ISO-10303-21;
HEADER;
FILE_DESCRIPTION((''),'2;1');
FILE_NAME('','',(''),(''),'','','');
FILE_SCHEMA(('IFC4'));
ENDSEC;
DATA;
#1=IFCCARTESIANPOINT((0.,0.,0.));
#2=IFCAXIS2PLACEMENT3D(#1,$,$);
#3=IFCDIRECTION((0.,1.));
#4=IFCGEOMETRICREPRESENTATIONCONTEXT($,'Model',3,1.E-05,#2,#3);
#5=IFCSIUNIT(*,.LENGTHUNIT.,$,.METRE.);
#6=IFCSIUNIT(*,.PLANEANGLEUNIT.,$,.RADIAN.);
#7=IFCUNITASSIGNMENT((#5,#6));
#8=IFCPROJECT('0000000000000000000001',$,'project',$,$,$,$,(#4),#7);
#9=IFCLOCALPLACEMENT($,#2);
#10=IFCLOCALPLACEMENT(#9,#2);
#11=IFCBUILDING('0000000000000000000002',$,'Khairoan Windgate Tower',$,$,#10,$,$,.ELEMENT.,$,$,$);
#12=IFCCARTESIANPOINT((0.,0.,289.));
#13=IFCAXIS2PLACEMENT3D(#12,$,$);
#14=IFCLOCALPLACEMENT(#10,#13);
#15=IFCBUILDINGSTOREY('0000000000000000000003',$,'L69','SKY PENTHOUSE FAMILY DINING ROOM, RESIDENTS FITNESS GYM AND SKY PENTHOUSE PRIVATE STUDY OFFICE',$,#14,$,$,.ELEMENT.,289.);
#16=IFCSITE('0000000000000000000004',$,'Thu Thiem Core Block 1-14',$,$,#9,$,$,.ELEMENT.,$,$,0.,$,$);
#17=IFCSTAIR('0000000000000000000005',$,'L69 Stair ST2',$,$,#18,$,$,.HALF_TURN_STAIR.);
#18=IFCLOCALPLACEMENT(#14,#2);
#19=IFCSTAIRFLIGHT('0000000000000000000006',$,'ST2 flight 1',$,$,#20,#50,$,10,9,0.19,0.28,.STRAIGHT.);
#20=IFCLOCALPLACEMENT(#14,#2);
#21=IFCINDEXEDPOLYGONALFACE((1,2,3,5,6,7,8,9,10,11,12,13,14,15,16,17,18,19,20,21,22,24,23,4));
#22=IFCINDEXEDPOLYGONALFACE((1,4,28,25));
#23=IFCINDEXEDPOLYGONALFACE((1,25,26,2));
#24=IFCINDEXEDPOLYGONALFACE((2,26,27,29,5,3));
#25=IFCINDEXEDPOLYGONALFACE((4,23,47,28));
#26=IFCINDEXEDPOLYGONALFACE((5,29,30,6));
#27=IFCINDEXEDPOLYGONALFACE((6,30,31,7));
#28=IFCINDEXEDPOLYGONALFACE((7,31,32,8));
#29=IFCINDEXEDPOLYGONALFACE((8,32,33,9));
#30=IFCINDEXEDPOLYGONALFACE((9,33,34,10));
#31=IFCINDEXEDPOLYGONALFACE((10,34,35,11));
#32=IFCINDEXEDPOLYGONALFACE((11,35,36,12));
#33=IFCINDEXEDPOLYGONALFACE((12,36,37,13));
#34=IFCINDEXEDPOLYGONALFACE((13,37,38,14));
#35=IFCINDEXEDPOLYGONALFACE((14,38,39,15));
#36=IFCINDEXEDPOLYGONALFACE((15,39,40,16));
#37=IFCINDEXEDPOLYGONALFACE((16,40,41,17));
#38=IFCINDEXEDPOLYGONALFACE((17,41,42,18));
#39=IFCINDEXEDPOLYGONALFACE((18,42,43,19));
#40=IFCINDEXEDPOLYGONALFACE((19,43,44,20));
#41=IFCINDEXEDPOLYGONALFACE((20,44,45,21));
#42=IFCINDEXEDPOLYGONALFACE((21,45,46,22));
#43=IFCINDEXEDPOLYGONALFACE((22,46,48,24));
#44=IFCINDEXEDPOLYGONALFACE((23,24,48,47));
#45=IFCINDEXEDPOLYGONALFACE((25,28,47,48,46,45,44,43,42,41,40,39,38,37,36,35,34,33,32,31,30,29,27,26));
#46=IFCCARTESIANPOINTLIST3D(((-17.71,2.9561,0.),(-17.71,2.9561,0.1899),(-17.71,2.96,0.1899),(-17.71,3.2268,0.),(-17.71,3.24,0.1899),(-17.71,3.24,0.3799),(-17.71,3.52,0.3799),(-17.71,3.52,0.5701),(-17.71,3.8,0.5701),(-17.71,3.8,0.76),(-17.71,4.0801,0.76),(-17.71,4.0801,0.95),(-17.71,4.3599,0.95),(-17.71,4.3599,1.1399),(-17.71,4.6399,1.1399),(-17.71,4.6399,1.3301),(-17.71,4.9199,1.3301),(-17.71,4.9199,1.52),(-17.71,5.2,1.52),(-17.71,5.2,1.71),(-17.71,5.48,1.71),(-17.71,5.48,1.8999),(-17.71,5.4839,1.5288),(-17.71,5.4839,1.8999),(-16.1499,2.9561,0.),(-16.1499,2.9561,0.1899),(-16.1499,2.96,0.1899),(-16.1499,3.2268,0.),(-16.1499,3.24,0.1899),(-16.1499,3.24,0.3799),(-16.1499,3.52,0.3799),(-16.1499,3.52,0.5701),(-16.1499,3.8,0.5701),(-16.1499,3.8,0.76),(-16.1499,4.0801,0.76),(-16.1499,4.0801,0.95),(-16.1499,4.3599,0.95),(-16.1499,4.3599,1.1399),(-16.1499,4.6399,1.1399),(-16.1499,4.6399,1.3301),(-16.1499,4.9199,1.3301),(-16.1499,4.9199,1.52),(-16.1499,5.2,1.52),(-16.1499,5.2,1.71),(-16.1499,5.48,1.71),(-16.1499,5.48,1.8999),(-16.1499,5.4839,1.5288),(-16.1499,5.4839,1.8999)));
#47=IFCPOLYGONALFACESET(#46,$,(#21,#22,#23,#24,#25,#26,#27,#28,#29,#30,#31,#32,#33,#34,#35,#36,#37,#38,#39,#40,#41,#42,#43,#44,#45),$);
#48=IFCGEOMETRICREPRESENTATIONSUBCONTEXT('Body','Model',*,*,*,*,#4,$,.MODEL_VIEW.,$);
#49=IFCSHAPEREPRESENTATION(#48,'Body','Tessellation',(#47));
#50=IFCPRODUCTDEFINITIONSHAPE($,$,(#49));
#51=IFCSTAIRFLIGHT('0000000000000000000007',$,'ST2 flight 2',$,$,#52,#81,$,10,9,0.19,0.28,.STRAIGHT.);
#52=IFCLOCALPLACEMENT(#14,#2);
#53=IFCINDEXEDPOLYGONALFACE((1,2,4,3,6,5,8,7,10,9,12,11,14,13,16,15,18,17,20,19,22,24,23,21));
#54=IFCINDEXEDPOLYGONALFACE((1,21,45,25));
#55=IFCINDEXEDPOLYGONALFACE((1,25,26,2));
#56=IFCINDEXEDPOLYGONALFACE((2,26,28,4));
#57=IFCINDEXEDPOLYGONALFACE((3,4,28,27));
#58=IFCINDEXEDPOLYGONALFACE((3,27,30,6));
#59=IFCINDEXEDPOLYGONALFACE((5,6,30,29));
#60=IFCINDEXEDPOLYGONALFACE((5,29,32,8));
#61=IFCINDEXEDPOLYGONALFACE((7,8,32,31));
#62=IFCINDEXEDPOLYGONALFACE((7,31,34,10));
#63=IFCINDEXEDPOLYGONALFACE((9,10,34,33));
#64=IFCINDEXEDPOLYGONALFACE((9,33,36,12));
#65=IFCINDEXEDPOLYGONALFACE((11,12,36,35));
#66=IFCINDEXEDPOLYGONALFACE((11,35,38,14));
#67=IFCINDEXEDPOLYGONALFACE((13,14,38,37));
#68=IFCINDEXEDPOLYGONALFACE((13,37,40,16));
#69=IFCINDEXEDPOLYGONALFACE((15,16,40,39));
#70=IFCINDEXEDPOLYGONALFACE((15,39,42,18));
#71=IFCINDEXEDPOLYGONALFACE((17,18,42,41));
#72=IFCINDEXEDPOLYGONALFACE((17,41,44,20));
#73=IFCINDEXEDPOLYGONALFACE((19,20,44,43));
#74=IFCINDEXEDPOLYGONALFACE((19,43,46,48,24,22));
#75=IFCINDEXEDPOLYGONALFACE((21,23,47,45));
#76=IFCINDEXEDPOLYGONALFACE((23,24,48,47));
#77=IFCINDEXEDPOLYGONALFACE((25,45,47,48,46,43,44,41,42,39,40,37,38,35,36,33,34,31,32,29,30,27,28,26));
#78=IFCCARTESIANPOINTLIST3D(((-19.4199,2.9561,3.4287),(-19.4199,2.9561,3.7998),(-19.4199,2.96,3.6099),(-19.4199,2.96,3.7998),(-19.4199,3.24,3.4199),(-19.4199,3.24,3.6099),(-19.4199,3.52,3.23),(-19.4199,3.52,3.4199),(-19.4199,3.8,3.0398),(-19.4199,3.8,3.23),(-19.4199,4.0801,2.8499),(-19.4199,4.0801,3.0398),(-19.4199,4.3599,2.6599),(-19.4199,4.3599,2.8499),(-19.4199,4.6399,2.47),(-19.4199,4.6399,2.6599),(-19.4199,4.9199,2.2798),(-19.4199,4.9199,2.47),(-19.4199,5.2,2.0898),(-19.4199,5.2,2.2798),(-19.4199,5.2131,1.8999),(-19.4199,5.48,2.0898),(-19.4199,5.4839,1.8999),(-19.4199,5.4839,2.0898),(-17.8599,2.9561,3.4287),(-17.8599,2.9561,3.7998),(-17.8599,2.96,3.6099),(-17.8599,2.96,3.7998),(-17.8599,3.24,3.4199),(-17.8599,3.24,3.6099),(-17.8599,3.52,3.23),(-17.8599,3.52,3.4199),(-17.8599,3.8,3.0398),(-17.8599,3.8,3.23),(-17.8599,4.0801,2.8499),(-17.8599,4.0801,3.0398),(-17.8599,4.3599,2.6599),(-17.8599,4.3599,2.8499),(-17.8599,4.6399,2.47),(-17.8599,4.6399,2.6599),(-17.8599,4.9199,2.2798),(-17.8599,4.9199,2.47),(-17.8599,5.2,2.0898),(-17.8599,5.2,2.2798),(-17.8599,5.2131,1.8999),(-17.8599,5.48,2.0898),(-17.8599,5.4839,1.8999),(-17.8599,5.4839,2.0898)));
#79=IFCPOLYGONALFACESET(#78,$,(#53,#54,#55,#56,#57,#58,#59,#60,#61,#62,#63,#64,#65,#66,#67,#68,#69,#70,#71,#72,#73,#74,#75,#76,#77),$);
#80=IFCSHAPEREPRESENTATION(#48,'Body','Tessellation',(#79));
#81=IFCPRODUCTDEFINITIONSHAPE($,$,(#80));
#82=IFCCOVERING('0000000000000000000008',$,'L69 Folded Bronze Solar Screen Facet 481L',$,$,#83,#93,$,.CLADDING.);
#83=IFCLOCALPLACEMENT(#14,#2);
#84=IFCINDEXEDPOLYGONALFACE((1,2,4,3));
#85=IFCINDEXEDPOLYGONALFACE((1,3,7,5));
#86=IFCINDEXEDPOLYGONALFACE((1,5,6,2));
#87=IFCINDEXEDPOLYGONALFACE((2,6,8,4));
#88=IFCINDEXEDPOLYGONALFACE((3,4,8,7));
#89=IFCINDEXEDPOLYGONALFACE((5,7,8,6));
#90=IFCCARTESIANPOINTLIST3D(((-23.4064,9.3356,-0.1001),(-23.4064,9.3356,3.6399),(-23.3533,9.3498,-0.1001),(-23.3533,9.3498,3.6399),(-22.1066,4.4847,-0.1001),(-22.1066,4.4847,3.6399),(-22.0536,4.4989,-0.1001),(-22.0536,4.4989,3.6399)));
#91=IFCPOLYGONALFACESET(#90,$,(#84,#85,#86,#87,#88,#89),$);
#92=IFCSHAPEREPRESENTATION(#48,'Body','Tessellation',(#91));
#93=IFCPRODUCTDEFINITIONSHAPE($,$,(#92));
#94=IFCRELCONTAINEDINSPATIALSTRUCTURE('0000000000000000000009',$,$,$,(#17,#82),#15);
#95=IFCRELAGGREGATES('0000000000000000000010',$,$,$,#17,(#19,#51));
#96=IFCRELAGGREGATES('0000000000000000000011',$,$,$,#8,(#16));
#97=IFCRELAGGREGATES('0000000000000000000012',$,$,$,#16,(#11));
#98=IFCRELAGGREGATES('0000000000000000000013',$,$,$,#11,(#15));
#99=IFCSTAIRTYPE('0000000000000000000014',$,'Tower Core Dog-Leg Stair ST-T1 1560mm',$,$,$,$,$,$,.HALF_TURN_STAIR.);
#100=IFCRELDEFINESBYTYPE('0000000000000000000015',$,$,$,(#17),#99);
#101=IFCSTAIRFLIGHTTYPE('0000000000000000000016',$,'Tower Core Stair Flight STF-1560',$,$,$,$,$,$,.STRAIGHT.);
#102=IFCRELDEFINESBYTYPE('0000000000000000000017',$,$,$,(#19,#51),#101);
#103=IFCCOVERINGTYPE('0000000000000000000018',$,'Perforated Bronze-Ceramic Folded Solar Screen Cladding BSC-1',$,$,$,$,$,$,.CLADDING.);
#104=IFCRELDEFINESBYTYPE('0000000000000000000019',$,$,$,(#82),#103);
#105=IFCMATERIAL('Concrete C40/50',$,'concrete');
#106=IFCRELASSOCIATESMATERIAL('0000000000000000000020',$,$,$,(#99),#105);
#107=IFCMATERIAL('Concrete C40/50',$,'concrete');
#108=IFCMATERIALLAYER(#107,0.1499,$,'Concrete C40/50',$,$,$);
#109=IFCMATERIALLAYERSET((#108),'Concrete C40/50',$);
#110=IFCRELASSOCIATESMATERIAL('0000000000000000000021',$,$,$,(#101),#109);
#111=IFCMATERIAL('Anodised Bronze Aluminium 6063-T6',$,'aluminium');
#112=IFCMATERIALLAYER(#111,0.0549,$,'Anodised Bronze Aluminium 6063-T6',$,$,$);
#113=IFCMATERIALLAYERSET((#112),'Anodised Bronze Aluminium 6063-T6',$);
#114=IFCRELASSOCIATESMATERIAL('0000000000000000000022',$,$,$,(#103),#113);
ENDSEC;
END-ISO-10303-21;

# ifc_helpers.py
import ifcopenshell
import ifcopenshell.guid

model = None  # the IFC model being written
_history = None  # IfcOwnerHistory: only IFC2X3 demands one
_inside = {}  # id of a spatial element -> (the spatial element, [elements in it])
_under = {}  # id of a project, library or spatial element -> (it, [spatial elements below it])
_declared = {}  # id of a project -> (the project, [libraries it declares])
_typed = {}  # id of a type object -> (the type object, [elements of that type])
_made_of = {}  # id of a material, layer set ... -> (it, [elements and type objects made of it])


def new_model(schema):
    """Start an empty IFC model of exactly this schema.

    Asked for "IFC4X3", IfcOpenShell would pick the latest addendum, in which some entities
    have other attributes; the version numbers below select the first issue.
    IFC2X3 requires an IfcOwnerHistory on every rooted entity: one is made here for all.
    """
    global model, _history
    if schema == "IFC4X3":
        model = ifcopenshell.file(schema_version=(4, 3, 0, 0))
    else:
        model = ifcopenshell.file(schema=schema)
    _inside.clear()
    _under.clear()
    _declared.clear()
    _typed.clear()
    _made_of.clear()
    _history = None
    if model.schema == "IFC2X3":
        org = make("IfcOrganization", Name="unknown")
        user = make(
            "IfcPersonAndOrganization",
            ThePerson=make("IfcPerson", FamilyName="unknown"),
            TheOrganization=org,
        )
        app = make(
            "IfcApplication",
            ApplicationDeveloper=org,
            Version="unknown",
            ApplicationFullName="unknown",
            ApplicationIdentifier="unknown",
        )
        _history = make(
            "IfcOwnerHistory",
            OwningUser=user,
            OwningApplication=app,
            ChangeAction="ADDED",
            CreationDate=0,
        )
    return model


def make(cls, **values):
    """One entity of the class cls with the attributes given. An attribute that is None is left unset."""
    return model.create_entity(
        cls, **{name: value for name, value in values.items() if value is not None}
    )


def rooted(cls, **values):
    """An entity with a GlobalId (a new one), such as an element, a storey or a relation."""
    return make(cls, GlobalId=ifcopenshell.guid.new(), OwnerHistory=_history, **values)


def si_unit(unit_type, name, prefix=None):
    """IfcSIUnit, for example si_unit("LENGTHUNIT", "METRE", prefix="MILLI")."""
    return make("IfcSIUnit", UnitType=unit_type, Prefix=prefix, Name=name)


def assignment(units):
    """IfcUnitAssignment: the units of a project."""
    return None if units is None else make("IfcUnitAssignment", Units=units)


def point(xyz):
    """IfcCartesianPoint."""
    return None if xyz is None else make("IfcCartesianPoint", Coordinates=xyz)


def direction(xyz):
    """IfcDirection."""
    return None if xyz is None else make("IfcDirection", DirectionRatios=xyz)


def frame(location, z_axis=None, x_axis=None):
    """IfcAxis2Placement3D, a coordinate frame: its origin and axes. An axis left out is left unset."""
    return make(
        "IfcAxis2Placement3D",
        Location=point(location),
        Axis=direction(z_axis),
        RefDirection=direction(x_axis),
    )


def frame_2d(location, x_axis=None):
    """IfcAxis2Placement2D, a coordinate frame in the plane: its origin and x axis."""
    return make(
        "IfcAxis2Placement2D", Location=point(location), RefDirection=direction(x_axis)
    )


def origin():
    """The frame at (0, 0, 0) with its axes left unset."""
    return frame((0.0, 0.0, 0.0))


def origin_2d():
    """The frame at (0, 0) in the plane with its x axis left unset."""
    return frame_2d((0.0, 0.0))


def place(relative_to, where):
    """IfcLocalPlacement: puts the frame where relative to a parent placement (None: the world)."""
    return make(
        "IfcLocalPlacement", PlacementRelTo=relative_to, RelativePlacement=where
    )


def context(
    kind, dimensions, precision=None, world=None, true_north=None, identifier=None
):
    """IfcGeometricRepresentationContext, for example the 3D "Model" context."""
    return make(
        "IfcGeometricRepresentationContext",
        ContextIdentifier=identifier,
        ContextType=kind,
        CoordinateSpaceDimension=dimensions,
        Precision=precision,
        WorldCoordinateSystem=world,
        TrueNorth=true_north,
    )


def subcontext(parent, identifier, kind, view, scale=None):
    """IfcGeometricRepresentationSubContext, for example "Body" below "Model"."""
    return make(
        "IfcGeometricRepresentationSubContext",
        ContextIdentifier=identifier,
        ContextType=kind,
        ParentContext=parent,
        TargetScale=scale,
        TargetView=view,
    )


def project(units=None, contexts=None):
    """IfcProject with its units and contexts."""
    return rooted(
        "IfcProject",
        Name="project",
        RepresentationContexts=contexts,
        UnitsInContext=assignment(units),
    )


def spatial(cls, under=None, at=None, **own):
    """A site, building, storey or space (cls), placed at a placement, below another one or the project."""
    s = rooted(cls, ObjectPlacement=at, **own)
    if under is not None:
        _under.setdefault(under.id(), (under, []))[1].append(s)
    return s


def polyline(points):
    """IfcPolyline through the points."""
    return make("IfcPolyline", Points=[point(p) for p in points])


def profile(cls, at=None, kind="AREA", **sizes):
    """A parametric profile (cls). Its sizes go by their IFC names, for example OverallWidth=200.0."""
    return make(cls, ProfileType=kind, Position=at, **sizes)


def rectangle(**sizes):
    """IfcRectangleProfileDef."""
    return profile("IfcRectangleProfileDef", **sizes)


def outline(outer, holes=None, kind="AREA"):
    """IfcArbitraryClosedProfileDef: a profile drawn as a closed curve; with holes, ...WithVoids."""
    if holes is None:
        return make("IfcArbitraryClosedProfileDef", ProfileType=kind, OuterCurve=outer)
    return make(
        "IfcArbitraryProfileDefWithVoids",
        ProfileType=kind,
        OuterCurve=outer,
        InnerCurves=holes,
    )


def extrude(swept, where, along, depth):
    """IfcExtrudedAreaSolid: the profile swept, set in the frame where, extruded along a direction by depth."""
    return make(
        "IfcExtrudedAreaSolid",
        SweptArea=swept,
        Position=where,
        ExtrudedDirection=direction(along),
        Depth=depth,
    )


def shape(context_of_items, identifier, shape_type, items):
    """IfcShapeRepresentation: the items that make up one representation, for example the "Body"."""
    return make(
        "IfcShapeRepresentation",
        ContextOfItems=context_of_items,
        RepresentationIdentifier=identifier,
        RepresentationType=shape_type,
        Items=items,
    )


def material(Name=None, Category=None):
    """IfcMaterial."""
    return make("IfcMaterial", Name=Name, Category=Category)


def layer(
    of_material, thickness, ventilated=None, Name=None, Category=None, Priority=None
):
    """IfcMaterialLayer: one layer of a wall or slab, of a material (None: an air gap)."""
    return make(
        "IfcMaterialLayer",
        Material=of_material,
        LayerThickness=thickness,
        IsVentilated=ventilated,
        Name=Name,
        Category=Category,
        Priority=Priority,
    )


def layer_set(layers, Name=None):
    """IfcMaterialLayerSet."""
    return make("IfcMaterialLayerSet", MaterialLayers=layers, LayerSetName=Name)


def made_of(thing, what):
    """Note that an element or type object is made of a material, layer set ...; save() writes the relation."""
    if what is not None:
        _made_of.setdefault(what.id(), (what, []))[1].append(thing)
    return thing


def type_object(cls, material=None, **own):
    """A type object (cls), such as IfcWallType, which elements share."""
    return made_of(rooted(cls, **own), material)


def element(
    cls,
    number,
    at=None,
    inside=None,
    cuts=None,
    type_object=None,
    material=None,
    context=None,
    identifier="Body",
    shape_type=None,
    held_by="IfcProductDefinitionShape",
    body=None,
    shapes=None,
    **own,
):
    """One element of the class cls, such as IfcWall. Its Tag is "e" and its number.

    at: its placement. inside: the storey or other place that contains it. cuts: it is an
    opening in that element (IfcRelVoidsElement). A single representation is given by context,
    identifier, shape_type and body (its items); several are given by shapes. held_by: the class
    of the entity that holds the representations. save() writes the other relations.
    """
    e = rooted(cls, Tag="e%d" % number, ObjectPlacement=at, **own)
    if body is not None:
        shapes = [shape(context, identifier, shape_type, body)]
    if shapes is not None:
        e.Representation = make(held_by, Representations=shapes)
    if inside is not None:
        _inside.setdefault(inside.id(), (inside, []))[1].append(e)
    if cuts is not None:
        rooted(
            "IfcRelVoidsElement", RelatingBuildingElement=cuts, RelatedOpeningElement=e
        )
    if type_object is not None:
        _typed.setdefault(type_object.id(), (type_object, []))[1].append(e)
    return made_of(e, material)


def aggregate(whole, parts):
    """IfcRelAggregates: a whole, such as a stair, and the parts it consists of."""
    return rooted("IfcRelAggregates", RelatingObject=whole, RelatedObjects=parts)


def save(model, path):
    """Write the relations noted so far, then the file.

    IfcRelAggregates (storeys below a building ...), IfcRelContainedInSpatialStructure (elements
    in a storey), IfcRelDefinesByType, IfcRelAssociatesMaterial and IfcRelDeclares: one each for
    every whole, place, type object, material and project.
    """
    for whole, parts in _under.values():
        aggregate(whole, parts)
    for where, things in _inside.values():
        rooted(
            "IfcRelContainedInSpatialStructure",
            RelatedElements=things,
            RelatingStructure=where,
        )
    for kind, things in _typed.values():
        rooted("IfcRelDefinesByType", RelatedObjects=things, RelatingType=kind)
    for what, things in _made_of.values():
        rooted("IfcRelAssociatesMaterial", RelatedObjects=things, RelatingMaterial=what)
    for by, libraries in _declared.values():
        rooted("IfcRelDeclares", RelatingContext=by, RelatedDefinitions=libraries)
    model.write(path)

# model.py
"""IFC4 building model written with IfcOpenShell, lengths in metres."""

from ifc_helpers import new_model, si_unit, direction, frame, origin, origin_2d, place, context, subcontext, project, spatial, polyline, rectangle, outline, extrude, material, layer, layer_set, type_object, element, aggregate, save


model = new_model("IFC4")

# Units and contexts
model_context = context("Model", 3, precision=1e-05, world=origin(), true_north=direction((0.0, 1.0)))
body_context = subcontext(model_context, "Body", "Model", "MODEL_VIEW")
ifc_project = project(units=[si_unit("LENGTHUNIT", "METRE"), si_unit("PLANEANGLEUNIT", "RADIAN")], contexts=[model_context])

# Site, building, storey
site_placement = place(None, origin())
site = spatial("IfcSite", under=ifc_project, at=site_placement, Name="Thu Thiem Core Block 1-14", CompositionType="ELEMENT", RefElevation=0.0)
building_placement = place(site_placement, origin())
building = spatial("IfcBuilding", under=site, at=building_placement, Name="Khairoan Windgate Tower", CompositionType="ELEMENT")
storey_placement = place(building_placement, frame((0.0, 0.0, 289.0)))
storey = spatial("IfcBuildingStorey", under=building, at=storey_placement, Name="L69", Description="SKY PENTHOUSE FAMILY DINING ROOM, RESIDENTS FITNESS GYM AND SKY PENTHOUSE PRIVATE STUDY OFFICE", CompositionType="ELEMENT", Elevation=289.0)

# Stair, stair flights
ifc_material_1 = material(Name="Concrete C40/50", Category="concrete")
stair_type = type_object("IfcStairType", Name="Tower Core Dog-Leg Stair ST-T1 1560mm", PredefinedType="HALF_TURN_STAIR", material=ifc_material_1)
stair_placement = place(storey_placement, origin())
stair = element("IfcStair", 1, at=stair_placement, inside=storey, type_object=stair_type, Name="L69 Stair ST2", PredefinedType="HALF_TURN_STAIR")
ifc_material_2 = material(Name="Concrete C40/50", Category="concrete")
ifc_layer_1 = layer(ifc_material_2, 0.1499, Name="Concrete C40/50")
ifc_layer_set_1 = layer_set([ifc_layer_1], Name="Concrete C40/50")
stair_flight_type = type_object("IfcStairFlightType", Name="Tower Core Stair Flight STF-1560", PredefinedType="STRAIGHT", material=ifc_layer_set_1)
stair_flight_1_placement = place(storey_placement, frame((-16.9299, 2.96, 0.0), z_axis=(0.0, 0.0, 1.0), x_axis=(0.0, 1.0, 0.0)))
stair_flight_1 = element("IfcStairFlight", 2, at=stair_flight_1_placement, type_object=stair_flight_type, Name="ST2 flight 1", NumberOfRisers=10, NumberOfTreads=9, PredefinedType="STRAIGHT", RiserHeight=0.19, TreadLength=0.28, context=body_context, shape_type="SweptSolid", body=[
    extrude(outline(polyline([(-0.0039, 0.0), (-0.0039, 0.1899), (0.0, 0.1899), (0.28, 0.1899), (0.28, 0.3799), (0.5601, 0.3799), (0.5601, 0.5701), (0.8401, 0.5701), (0.8401, 0.76), (1.1201, 0.76), (1.1201, 0.95), (1.3999, 0.95), (1.3999, 1.1399), (1.6799, 1.1399), (1.6799, 1.3301), (1.96, 1.3301), (1.96, 1.52), (2.24, 1.52), (2.24, 1.71), (2.52, 1.71), (2.52, 1.8999), (2.5239, 1.8999), (2.5239, 1.5288), (0.2668, 0.0), (-0.0039, 0.0)])), frame((0.0, 0.78, 0.0), z_axis=(0.0, -1.0, 0.0), x_axis=(1.0, 0.0, 0.0)), (0.0, 0.0, 1.0), 1.5601),
])
stair_flight_2_placement = place(storey_placement, frame((-18.6399, 5.48, 1.8999), z_axis=(0.0, 0.0, 1.0), x_axis=(0.0, -1.0, 0.0)))
stair_flight_2 = element("IfcStairFlight", 3, at=stair_flight_2_placement, type_object=stair_flight_type, Name="ST2 flight 2", NumberOfRisers=10, NumberOfTreads=9, PredefinedType="STRAIGHT", RiserHeight=0.19, TreadLength=0.28, context=body_context, shape_type="SweptSolid", body=[
    extrude(outline(polyline([(-0.0039, 0.0), (-0.0039, 0.1899), (0.0, 0.1899), (0.28, 0.1899), (0.28, 0.3799), (0.5601, 0.3799), (0.5601, 0.5701), (0.8401, 0.5701), (0.8401, 0.76), (1.1201, 0.76), (1.1201, 0.95), (1.3999, 0.95), (1.3999, 1.1399), (1.6799, 1.1399), (1.6799, 1.3301), (1.96, 1.3301), (1.96, 1.52), (2.24, 1.52), (2.24, 1.71), (2.52, 1.71), (2.52, 1.8999), (2.5239, 1.8999), (2.5239, 1.5288), (0.2668, 0.0), (-0.0039, 0.0)])), frame((0.0, 0.78, 0.0), z_axis=(0.0, -1.0, 0.0), x_axis=(1.0, 0.0, 0.0)), (0.0, 0.0, 1.0), 1.5601),
])
aggregate(stair, [stair_flight_1, stair_flight_2])

# Covering
ifc_material_3 = material(Name="Anodised Bronze Aluminium 6063-T6", Category="aluminium")
ifc_layer_2 = layer(ifc_material_3, 0.0549, Name="Anodised Bronze Aluminium 6063-T6")
ifc_layer_set_2 = layer_set([ifc_layer_2], Name="Anodised Bronze Aluminium 6063-T6")
covering_type = type_object("IfcCoveringType", Name="Perforated Bronze-Ceramic Folded Solar Screen Cladding BSC-1", PredefinedType="CLADDING", material=ifc_layer_set_2)
covering_placement = place(storey_placement, frame((-22.73, 6.9172, -0.1001), z_axis=(0.0, 0.0, 1.0), x_axis=(-0.258819, 0.965926, 0.0)))
element("IfcCovering", 4, at=covering_placement, inside=storey, type_object=covering_type, Name="L69 Folded Bronze Solar Screen Facet 481L", PredefinedType="CLADDING", context=body_context, shape_type="SweptSolid", body=[
    extrude(rectangle(XDim=5.022, YDim=0.0549, at=origin_2d()), origin(), (0.0, 0.0, 1.0), 3.74),
])

save(model, "model.ifc")
